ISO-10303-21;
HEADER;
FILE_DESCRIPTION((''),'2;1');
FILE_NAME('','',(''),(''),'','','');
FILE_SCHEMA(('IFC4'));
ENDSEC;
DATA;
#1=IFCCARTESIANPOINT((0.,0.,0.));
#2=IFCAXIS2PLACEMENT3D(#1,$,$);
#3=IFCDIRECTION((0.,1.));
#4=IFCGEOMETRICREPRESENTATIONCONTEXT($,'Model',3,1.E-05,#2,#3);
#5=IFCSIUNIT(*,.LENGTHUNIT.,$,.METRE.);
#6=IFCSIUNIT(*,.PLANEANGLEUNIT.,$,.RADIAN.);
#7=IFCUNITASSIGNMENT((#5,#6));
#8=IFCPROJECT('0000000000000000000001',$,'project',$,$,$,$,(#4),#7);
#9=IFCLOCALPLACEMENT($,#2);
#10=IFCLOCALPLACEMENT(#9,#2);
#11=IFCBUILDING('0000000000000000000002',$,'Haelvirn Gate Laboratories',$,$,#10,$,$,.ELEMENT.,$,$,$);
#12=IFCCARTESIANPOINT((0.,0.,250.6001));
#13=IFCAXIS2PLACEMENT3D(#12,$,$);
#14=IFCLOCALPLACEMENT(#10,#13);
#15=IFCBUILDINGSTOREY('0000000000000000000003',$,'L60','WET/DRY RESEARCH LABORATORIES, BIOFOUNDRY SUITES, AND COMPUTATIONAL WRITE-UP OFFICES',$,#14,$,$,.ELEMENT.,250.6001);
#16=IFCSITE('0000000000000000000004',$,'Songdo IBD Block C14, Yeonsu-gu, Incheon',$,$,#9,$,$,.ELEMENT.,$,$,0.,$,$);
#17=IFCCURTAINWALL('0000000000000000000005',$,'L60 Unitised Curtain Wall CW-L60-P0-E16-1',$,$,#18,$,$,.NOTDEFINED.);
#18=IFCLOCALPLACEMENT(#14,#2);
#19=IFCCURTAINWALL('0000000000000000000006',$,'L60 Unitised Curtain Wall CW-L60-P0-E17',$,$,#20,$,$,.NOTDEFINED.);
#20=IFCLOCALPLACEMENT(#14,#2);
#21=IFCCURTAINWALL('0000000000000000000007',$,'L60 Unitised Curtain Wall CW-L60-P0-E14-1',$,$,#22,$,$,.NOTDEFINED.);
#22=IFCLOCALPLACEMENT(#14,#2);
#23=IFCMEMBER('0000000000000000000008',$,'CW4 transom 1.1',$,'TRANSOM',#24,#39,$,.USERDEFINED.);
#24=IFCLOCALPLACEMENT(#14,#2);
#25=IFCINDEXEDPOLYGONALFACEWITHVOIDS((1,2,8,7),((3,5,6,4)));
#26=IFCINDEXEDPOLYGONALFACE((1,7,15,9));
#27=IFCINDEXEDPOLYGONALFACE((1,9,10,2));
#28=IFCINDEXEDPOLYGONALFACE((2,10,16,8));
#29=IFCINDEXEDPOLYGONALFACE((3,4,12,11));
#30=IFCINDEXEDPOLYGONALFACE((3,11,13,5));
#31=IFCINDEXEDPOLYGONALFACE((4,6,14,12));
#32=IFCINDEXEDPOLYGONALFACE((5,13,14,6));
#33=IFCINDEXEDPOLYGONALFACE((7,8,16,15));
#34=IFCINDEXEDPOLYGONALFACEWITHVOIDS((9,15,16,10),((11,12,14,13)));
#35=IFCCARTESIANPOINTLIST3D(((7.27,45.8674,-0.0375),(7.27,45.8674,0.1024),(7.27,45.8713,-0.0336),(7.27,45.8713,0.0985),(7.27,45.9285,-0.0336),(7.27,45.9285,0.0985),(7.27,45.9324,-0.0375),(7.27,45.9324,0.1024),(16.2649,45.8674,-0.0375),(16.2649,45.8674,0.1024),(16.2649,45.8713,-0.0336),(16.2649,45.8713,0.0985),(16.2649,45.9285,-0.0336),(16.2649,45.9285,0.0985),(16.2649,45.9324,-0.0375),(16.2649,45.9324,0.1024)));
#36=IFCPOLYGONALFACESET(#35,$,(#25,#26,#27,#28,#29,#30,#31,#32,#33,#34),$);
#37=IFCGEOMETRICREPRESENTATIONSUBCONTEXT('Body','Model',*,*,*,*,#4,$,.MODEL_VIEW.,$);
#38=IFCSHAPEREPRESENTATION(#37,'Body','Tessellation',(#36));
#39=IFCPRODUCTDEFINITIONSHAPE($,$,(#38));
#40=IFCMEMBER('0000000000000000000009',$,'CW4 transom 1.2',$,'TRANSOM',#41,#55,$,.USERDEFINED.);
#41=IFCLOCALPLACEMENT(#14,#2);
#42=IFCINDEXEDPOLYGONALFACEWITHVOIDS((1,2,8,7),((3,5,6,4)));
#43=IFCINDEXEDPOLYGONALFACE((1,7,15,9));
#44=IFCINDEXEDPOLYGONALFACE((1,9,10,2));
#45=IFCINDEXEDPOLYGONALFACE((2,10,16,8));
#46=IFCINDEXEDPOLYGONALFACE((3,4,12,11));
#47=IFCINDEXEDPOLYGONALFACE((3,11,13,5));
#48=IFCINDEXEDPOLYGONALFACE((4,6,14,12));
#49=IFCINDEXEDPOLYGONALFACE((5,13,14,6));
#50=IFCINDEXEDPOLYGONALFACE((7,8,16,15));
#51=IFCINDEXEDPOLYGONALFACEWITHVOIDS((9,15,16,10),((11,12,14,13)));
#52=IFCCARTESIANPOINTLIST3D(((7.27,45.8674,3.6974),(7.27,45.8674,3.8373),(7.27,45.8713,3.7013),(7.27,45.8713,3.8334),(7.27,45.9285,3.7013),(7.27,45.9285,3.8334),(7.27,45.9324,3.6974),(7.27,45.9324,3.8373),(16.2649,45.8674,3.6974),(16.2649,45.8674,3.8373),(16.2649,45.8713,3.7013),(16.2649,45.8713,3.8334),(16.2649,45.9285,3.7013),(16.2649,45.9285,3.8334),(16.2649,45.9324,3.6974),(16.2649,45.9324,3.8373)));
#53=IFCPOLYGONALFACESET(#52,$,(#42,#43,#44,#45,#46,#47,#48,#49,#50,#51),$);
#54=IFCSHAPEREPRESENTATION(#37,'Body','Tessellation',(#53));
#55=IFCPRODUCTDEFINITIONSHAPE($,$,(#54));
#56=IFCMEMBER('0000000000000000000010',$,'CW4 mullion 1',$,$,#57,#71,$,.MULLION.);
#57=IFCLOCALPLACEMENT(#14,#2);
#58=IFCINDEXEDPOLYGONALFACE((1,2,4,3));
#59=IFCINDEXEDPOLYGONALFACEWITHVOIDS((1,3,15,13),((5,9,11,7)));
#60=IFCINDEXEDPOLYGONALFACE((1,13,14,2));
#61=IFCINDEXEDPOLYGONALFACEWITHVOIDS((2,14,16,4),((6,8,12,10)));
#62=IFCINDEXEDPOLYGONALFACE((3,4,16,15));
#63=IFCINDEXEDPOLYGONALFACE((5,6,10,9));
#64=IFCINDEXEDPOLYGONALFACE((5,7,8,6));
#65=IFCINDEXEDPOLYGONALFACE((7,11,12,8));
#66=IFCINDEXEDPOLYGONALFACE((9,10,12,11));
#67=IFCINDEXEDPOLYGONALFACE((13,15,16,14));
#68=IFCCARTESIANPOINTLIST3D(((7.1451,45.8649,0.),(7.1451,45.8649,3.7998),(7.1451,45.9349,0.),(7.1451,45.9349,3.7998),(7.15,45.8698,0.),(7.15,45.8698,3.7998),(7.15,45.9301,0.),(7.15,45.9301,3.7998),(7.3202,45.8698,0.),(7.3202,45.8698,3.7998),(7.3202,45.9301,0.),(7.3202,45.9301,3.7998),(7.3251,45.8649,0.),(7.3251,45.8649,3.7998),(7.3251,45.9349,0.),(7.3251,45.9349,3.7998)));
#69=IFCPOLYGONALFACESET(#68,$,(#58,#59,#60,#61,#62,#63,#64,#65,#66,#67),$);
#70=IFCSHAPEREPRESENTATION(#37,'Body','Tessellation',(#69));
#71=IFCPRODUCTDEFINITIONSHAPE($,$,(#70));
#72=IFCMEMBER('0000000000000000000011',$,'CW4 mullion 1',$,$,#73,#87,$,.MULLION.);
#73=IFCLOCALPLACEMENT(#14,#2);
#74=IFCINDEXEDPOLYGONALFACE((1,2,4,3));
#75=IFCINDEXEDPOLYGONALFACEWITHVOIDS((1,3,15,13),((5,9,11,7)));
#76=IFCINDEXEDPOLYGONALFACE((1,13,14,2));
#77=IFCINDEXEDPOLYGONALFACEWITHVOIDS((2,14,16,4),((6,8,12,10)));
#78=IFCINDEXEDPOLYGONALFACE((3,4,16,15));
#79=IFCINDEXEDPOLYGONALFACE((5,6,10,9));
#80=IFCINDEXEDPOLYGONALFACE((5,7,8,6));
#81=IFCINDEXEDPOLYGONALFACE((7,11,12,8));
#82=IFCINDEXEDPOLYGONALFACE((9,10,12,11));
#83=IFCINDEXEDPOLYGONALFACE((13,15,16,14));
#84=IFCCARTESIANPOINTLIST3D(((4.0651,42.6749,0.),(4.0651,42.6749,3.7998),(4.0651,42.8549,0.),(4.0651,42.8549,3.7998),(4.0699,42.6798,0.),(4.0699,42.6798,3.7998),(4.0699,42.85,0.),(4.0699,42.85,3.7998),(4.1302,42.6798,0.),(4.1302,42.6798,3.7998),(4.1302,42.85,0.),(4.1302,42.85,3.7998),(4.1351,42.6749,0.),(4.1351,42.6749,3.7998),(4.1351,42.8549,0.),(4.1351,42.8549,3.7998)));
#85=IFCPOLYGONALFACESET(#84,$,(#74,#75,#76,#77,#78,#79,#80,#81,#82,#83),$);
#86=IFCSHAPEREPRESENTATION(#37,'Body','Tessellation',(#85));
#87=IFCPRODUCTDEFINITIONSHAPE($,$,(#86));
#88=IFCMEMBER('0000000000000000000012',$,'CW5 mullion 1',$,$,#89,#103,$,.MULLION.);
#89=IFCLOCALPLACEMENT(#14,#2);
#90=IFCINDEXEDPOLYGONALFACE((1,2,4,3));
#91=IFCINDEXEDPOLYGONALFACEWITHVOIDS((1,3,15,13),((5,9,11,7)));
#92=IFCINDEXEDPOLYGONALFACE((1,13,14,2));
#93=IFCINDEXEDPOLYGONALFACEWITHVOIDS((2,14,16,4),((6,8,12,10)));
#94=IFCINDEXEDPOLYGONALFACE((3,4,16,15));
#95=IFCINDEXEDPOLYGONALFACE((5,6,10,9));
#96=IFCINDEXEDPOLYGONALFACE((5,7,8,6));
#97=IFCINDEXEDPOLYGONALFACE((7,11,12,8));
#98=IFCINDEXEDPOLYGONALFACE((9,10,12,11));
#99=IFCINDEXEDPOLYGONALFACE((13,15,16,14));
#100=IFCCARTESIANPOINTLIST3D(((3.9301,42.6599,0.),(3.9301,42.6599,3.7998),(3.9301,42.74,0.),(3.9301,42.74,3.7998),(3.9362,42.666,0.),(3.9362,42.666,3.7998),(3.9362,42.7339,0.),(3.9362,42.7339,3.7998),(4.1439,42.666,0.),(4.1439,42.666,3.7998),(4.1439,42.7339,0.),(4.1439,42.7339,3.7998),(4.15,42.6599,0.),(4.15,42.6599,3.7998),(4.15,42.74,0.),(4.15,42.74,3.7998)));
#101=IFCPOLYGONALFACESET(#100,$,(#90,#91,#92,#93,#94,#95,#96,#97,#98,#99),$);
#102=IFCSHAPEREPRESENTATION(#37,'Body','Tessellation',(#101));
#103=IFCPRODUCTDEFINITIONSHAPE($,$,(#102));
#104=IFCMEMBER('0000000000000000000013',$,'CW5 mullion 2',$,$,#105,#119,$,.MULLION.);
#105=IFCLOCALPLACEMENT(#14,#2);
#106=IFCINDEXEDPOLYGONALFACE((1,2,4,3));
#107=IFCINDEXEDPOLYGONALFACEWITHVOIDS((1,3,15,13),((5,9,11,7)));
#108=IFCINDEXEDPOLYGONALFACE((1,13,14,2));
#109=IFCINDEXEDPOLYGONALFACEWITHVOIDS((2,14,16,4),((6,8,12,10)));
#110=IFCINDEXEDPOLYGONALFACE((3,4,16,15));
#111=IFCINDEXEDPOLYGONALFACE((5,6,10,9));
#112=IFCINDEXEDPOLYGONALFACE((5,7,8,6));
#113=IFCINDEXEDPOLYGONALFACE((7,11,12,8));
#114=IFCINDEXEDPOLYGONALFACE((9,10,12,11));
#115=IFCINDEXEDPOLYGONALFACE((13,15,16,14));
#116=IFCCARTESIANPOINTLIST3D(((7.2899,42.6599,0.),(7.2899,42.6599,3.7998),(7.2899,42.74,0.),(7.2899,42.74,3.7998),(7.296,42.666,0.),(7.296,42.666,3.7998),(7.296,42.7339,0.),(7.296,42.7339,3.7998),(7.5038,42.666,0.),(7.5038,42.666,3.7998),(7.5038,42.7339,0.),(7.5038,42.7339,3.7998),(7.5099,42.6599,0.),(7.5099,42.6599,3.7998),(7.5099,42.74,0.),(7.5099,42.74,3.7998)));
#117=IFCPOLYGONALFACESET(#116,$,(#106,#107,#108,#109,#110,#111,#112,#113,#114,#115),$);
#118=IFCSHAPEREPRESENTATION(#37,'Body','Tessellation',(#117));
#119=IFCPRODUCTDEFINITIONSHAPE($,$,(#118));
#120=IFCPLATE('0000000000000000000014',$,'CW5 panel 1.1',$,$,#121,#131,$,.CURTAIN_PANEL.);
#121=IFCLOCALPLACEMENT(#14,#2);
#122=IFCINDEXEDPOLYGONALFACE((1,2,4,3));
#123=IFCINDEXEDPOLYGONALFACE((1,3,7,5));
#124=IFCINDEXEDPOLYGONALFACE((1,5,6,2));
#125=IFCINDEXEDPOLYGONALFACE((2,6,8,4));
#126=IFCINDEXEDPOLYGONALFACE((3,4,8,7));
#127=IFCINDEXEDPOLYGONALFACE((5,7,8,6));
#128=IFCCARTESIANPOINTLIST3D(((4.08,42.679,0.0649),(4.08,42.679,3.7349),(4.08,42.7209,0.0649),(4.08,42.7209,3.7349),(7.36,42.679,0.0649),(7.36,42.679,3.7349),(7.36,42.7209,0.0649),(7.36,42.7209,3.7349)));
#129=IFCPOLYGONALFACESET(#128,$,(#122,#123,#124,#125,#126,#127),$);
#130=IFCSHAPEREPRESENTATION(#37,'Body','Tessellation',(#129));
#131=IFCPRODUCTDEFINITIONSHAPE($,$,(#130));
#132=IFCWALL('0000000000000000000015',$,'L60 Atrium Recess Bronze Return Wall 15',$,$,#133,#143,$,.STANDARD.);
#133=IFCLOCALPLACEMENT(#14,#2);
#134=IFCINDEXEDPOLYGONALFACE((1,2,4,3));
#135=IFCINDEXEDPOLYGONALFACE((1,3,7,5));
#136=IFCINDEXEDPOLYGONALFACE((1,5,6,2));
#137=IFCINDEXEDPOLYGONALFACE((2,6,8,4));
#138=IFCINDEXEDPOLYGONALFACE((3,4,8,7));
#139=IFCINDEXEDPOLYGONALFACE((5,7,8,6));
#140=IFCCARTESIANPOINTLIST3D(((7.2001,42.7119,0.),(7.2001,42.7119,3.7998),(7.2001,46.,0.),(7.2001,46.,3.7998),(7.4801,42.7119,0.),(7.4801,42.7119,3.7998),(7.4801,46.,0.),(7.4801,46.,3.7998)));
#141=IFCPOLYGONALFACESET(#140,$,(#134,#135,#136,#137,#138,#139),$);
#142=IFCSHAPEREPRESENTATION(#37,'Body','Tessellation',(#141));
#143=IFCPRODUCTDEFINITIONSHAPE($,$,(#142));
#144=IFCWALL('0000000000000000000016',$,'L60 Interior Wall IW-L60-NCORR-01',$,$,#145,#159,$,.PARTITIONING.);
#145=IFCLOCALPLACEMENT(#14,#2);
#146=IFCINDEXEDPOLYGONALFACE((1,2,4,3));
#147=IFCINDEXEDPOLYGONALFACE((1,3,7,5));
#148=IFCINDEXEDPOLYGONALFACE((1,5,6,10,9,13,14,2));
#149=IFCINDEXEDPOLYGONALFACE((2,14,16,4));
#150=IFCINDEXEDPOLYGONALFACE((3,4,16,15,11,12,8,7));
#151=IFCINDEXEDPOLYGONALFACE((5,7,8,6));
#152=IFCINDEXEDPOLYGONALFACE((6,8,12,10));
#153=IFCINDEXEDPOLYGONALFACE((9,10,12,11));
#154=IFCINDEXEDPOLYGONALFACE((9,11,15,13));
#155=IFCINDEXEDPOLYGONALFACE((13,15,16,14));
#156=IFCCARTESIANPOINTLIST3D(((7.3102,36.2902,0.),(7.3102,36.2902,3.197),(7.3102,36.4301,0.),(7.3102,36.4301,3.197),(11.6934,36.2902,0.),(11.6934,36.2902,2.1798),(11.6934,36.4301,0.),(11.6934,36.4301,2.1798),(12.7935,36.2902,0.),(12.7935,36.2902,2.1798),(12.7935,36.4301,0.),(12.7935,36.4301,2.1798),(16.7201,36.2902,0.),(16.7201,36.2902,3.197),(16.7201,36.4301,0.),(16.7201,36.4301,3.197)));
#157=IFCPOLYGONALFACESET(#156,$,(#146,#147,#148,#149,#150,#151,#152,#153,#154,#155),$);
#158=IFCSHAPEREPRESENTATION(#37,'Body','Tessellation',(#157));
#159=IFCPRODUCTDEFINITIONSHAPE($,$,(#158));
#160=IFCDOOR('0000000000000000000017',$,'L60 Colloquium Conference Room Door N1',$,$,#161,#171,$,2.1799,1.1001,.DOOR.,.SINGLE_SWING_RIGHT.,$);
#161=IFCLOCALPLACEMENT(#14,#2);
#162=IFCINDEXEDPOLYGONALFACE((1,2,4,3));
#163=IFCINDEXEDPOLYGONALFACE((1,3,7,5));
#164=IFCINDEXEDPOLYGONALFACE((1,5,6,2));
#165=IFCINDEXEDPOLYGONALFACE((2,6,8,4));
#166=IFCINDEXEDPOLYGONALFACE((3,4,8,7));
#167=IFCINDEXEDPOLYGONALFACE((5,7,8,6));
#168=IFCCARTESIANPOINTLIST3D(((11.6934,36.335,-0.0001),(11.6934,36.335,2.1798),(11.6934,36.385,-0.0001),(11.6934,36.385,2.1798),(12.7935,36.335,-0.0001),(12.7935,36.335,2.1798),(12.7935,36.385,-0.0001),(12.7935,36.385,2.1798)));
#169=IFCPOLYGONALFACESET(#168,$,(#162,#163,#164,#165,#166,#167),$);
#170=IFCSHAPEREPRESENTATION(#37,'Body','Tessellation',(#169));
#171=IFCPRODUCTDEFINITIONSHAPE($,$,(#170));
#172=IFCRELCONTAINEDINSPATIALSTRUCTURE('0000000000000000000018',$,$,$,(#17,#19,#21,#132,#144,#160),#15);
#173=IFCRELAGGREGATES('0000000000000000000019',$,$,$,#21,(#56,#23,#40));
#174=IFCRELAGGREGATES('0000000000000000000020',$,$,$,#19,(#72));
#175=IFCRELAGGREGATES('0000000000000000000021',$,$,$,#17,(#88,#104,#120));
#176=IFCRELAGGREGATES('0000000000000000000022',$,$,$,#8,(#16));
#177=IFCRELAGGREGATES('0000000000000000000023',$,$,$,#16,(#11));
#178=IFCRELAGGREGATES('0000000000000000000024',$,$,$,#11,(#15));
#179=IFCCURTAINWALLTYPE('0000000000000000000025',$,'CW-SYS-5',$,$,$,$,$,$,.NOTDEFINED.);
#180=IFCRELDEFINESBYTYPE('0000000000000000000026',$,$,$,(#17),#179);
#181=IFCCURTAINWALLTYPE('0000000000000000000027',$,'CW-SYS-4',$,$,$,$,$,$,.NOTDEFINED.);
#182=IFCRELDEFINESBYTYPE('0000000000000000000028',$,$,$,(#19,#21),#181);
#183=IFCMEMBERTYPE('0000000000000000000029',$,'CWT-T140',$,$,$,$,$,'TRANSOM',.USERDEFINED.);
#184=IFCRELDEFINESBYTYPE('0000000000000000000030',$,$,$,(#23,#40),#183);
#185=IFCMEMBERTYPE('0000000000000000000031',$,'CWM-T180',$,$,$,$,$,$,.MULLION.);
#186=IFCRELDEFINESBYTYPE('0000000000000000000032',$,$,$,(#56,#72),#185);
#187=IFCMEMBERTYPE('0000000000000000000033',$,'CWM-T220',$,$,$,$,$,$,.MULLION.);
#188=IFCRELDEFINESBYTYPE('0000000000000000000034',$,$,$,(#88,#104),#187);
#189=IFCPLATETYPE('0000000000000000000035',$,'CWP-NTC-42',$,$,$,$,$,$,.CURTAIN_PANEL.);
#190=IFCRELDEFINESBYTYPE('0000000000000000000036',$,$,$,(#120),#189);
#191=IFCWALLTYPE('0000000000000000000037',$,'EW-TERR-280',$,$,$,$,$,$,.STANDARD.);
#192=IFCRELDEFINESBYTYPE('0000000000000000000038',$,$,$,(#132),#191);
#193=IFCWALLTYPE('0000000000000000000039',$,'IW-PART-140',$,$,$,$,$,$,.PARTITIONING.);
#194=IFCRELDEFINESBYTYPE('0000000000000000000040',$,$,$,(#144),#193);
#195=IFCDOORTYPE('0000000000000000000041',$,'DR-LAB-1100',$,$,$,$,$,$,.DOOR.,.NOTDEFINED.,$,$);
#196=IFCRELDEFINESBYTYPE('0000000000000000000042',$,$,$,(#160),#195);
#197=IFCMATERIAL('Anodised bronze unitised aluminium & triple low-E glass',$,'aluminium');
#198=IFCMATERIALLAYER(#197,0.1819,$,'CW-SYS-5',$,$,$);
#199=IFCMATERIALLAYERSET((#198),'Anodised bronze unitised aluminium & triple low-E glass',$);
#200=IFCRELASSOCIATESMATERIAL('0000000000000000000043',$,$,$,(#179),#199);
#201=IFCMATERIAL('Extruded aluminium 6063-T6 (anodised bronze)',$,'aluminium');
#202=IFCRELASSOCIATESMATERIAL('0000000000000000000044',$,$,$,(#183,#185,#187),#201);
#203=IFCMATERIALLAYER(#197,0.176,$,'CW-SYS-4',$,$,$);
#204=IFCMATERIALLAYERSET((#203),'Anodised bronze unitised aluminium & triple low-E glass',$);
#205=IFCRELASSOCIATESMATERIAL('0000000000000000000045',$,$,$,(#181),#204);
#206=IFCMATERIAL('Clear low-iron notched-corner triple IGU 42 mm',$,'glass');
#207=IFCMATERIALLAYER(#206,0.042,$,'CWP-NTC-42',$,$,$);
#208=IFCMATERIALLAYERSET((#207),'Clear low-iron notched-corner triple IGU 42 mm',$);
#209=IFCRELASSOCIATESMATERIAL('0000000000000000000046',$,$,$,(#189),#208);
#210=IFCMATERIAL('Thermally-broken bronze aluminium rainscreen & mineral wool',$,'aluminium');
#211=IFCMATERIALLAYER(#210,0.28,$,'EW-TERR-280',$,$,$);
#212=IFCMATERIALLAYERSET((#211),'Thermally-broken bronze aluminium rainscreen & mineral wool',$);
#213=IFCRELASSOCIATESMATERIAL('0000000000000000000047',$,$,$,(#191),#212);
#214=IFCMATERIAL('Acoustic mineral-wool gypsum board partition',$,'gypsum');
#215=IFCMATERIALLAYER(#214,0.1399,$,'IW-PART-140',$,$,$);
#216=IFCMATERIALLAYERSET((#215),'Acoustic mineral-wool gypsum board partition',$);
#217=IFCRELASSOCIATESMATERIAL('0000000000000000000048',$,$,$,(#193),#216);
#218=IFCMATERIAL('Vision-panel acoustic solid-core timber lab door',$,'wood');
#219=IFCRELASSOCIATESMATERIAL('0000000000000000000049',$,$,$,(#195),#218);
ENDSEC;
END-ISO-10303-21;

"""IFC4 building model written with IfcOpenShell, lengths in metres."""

from ifc_helpers import new_model, si_unit, direction, frame, frame_2d, origin, origin_2d, place, context, subcontext, project, spatial, rectangle, hollow_rectangle, extrude, source, transform, mapped, material, layer, layer_set, material_profile, profile_set, type_object, type_shapes, element, fill, aggregate, save


model = new_model("IFC4")

# Units and contexts
model_context = context("Model", 3, precision=1e-05, world=origin(), true_north=direction((0.0, 1.0)))
body_context = subcontext(model_context, "Body", "Model", "MODEL_VIEW")
ifc_project = project(units=[si_unit("LENGTHUNIT", "METRE"), si_unit("PLANEANGLEUNIT", "RADIAN")], contexts=[model_context])

# Site, building, storey
site_placement = place(None, origin())
site = spatial("IfcSite", under=ifc_project, at=site_placement, Name="Songdo IBD Block C14, Yeonsu-gu, Incheon", CompositionType="ELEMENT", RefElevation=0.0)
building_placement = place(site_placement, origin())
building = spatial("IfcBuilding", under=site, at=building_placement, Name="Haelvirn Gate Laboratories", CompositionType="ELEMENT")
storey_placement = place(building_placement, frame((0.0, 0.0, 250.6001)))
storey = spatial("IfcBuildingStorey", under=building, at=storey_placement, Name="L60", Description="WET/DRY RESEARCH LABORATORIES, BIOFOUNDRY SUITES, AND COMPUTATIONAL WRITE-UP OFFICES", CompositionType="ELEMENT", Elevation=250.6001)

# Curtain walls, members
ifc_material_1 = material(Name="Anodised bronze unitised aluminium & triple low-E glass", Category="aluminium")
ifc_layer_1 = layer(ifc_material_1, 0.1819, Name="CW-SYS-5")
ifc_layer_set_1 = layer_set([ifc_layer_1], Name="Anodised bronze unitised aluminium & triple low-E glass")
curtain_wall_type_1 = type_object("IfcCurtainWallType", Name="CW-SYS-5", PredefinedType="NOTDEFINED", material=ifc_layer_set_1)
curtain_wall_1_placement = place(storey_placement, origin())
curtain_wall_1 = element("IfcCurtainWall", 1, at=curtain_wall_1_placement, inside=storey, type_object=curtain_wall_type_1, Name="L60 Unitised Curtain Wall CW-L60-P0-E16-1", PredefinedType="NOTDEFINED")
ifc_material_2 = material(Name="Extruded aluminium 6063-T6 (anodised bronze)", Category="aluminium")
ifc_material_profile_1 = material_profile(ifc_material_2, hollow_rectangle(XDim=0.0649, YDim=0.1399, WallThickness=0.0039, at=origin_2d()), Name="CWT-140x65x4")
ifc_profile_set_1 = profile_set([ifc_material_profile_1], Name="Extruded aluminium 6063-T6 (anodised bronze)")
member_type_1 = type_object("IfcMemberType", Name="CWT-T140", ElementType="TRANSOM", PredefinedType="USERDEFINED", material=ifc_profile_set_1)
ifc_layer_2 = layer(ifc_material_1, 0.176, Name="CW-SYS-4")
ifc_layer_set_2 = layer_set([ifc_layer_2], Name="Anodised bronze unitised aluminium & triple low-E glass")
curtain_wall_type_2 = type_object("IfcCurtainWallType", Name="CW-SYS-4", PredefinedType="NOTDEFINED", material=ifc_layer_set_2)
curtain_wall_2_placement = place(storey_placement, origin())
curtain_wall_2 = element("IfcCurtainWall", 2, at=curtain_wall_2_placement, inside=storey, type_object=curtain_wall_type_2, Name="L60 Unitised Curtain Wall CW-L60-P0-E17", PredefinedType="NOTDEFINED")
curtain_wall_3_placement = place(storey_placement, origin())
curtain_wall_3 = element("IfcCurtainWall", 3, at=curtain_wall_3_placement, inside=storey, type_object=curtain_wall_type_2, Name="L60 Unitised Curtain Wall CW-L60-P0-E14-1", PredefinedType="NOTDEFINED")
shared_shape_1 = source(origin(), body_context, "Body", "SweptSolid", [
    extrude(hollow_rectangle(XDim=0.0649, YDim=0.1399, WallThickness=0.0039, at=origin_2d()), origin(), (0.0, 0.0, 1.0), 8.9949),
])
member_1_placement = place(storey_placement, frame((7.27, 45.8999, 0.0325), z_axis=(1.0, 0.0, 0.0), x_axis=(0.0, 1.0, 0.0)))
member_1 = element("IfcMember", 4, at=member_1_placement, type_object=member_type_1, Name="CW4 transom 1.1", ObjectType="TRANSOM", PredefinedType="USERDEFINED", context=body_context, shape_type="MappedRepresentation", body=[
    mapped(shared_shape_1, transform((0.0, 0.0, 0.0), scale=1.0)),
])
member_2_placement = place(storey_placement, frame((7.27, 45.8999, 3.7673), z_axis=(1.0, 0.0, 0.0), x_axis=(0.0, 1.0, 0.0)))
member_2 = element("IfcMember", 5, at=member_2_placement, type_object=member_type_1, Name="CW4 transom 1.2", ObjectType="TRANSOM", PredefinedType="USERDEFINED", context=body_context, shape_type="MappedRepresentation", body=[
    mapped(shared_shape_1, transform((0.0, 0.0, 0.0), scale=1.0)),
])
ifc_material_profile_2 = material_profile(ifc_material_2, hollow_rectangle(XDim=0.0701, YDim=0.1799, WallThickness=0.0049, at=origin_2d()), Name="CWM-180x70x5")
ifc_profile_set_2 = profile_set([ifc_material_profile_2], Name="Extruded aluminium 6063-T6 (anodised bronze)")
member_type_2 = type_object("IfcMemberType", Name="CWM-T180", PredefinedType="MULLION", material=ifc_profile_set_2)
shared_shape_2 = source(origin(), body_context, "Body", "SweptSolid", [
    extrude(hollow_rectangle(XDim=0.0701, YDim=0.1799, WallThickness=0.0049, at=origin_2d()), origin(), (0.0, 0.0, 1.0), 3.7998),
])
type_shapes(member_type_2, [shared_shape_2])
member_3_placement = place(storey_placement, frame((7.2351, 45.8999, 0.0), z_axis=(0.0, 0.0, 1.0), x_axis=(0.0, 1.0, 0.0)))
member_3 = element("IfcMember", 6, at=member_3_placement, type_object=member_type_2, Name="CW4 mullion 1", PredefinedType="MULLION", context=body_context, shape_type="MappedRepresentation", body=[
    mapped(shared_shape_2, transform((0.0, 0.0, 0.0), scale=1.0)),
])
aggregate(curtain_wall_3, [member_3, member_1, member_2])

# Members
member_4_placement = place(storey_placement, frame((4.1001, 42.7649, 0.0), z_axis=(0.0, 0.0, 1.0), x_axis=(1.0, 0.0, 0.0)))
member_4 = element("IfcMember", 7, at=member_4_placement, type_object=member_type_2, Name="CW4 mullion 1", PredefinedType="MULLION", context=body_context, shape_type="MappedRepresentation", body=[
    mapped(shared_shape_2, transform((0.0, 0.0, 0.0), scale=1.0)),
])
aggregate(curtain_wall_2, [member_4])
ifc_material_profile_3 = material_profile(ifc_material_2, hollow_rectangle(XDim=0.0801, YDim=0.22, WallThickness=0.0061, at=origin_2d()), Name="CWM-220x80x6")
ifc_profile_set_3 = profile_set([ifc_material_profile_3], Name="Extruded aluminium 6063-T6 (anodised bronze)")
member_type_3 = type_object("IfcMemberType", Name="CWM-T220", PredefinedType="MULLION", material=ifc_profile_set_3)
shared_shape_3 = source(origin(), body_context, "Body", "SweptSolid", [
    extrude(hollow_rectangle(XDim=0.0801, YDim=0.22, WallThickness=0.0061, at=origin_2d()), origin(), (0.0, 0.0, 1.0), 3.7998),
])
type_shapes(member_type_3, [shared_shape_3])
member_5_placement = place(storey_placement, frame((4.04, 42.7, 0.0), z_axis=(0.0, 0.0, 1.0), x_axis=(0.0, 1.0, 0.0)))
member_5 = element("IfcMember", 8, at=member_5_placement, type_object=member_type_3, Name="CW5 mullion 1", PredefinedType="MULLION", context=body_context, shape_type="MappedRepresentation", body=[
    mapped(shared_shape_3, transform((0.0, 0.0, 0.0), scale=1.0)),
])
member_6_placement = place(storey_placement, frame((7.3999, 42.7, 0.0), z_axis=(0.0, 0.0, 1.0), x_axis=(0.0, 1.0, 0.0)))
member_6 = element("IfcMember", 9, at=member_6_placement, type_object=member_type_3, Name="CW5 mullion 2", PredefinedType="MULLION", context=body_context, shape_type="MappedRepresentation", body=[
    mapped(shared_shape_3, transform((0.0, 0.0, 0.0), scale=1.0)),
])

# Plate
ifc_material_3 = material(Name="Clear low-iron notched-corner triple IGU 42 mm", Category="glass")
ifc_layer_3 = layer(ifc_material_3, 0.042, Name="CWP-NTC-42")
ifc_layer_set_3 = layer_set([ifc_layer_3], Name="Clear low-iron notched-corner triple IGU 42 mm")
plate_type = type_object("IfcPlateType", Name="CWP-NTC-42", PredefinedType="CURTAIN_PANEL", material=ifc_layer_set_3)
shared_shape_4 = source(origin(), body_context, "Body", "SweptSolid", [
    extrude(rectangle(XDim=3.28, YDim=0.042, at=origin_2d()), origin(), (0.0, 0.0, 1.0), 3.6699),
])
type_shapes(plate_type, [shared_shape_4])
plate_placement = place(storey_placement, frame((5.72, 42.7, 0.0649), z_axis=(0.0, 0.0, 1.0), x_axis=(1.0, 0.0, 0.0)))
plate = element("IfcPlate", 10, at=plate_placement, type_object=plate_type, Name="CW5 panel 1.1", PredefinedType="CURTAIN_PANEL", context=body_context, shape_type="MappedRepresentation", body=[
    mapped(shared_shape_4, transform((0.0, 0.0, 0.0), scale=1.0)),
])
aggregate(curtain_wall_1, [member_5, member_6, plate])

# Wall
ifc_material_4 = material(Name="Thermally-broken bronze aluminium rainscreen & mineral wool", Category="aluminium")
ifc_layer_4 = layer(ifc_material_4, 0.28, Name="EW-TERR-280")
ifc_layer_set_4 = layer_set([ifc_layer_4], Name="Thermally-broken bronze aluminium rainscreen & mineral wool")
wall_type_1 = type_object("IfcWallType", Name="EW-TERR-280", PredefinedType="STANDARD", material=ifc_layer_set_4)
wall_1_placement = place(storey_placement, frame((7.3401, 46.0, 0.0), z_axis=(0.0, 0.0, 1.0), x_axis=(0.0, -1.0, 0.0)))
element("IfcWall", 11, at=wall_1_placement, inside=storey, type_object=wall_type_1, Name="L60 Atrium Recess Bronze Return Wall 15", PredefinedType="STANDARD", context=body_context, shape_type="SweptSolid", body=[
    extrude(rectangle(XDim=3.2881, YDim=0.28, at=frame_2d((1.644, 0.0))), origin(), (0.0, 0.0, 1.0), 3.7998),
])

# Wall, opening, door
ifc_material_5 = material(Name="Acoustic mineral-wool gypsum board partition", Category="gypsum")
ifc_layer_5 = layer(ifc_material_5, 0.1399, Name="IW-PART-140")
ifc_layer_set_5 = layer_set([ifc_layer_5], Name="Acoustic mineral-wool gypsum board partition")
wall_type_2 = type_object("IfcWallType", Name="IW-PART-140", PredefinedType="PARTITIONING", material=ifc_layer_set_5)
wall_2_placement = place(storey_placement, frame((7.3101, 36.3601, 0.0), z_axis=(0.0, 0.0, 1.0), x_axis=(1.0, 0.0, 0.0)))
wall_2 = element("IfcWall", 12, at=wall_2_placement, inside=storey, type_object=wall_type_2, Name="L60 Interior Wall IW-L60-NCORR-01", PredefinedType="PARTITIONING", context=body_context, shape_type="SweptSolid", body=[
    extrude(rectangle(XDim=9.4099, YDim=0.1399, at=frame_2d((4.7051, 0.0))), origin(), (0.0, 0.0, 1.0), 3.197),
])
opening_1_placement = place(wall_2_placement, frame((4.3833, 0.0, 0.0)))
opening_1 = element("IfcOpeningElement", 13, at=opening_1_placement, cuts=wall_2, PredefinedType="OPENING", context=body_context, shape_type="SweptSolid", body=[
    extrude(rectangle(XDim=1.1001, YDim=2.1799, at=frame_2d((0.55, 1.0898))), frame((0.0, 0.0801, 0.0), z_axis=(0.0, -1.0, 0.0), x_axis=(1.0, 0.0, 0.0)), (0.0, 0.0, 1.0), 0.1599),
])
ifc_material_6 = material(Name="Vision-panel acoustic solid-core timber lab door", Category="wood")
door_type_1 = type_object("IfcDoorType", Name="DR-LAB-1100", OperationType="NOTDEFINED", PredefinedType="DOOR", material=ifc_material_6)
shared_shape_5 = source(origin(), body_context, "Body", "SweptSolid", [
    extrude(rectangle(XDim=1.1001, YDim=2.1799, at=frame_2d((0.55, 1.0898))), frame((0.0, 0.0249, 0.0), z_axis=(0.0, -1.0, 0.0), x_axis=(1.0, 0.0, 0.0)), (0.0, 0.0, 1.0), 0.05),
])
type_shapes(door_type_1, [shared_shape_5])
door_1_placement = place(opening_1_placement, origin())
door_1 = element("IfcDoor", 14, at=door_1_placement, inside=storey, type_object=door_type_1, Name="L60 Colloquium Conference Room Door N1", OperationType="SINGLE_SWING_RIGHT", OverallHeight=2.1799, OverallWidth=1.1001, PredefinedType="DOOR", context=body_context, shape_type="MappedRepresentation", body=[
    mapped(shared_shape_5, transform((0.0, 0.0, 0.0), scale=1.0)),
])
fill(opening_1, door_1)

save(model, "model.ifc")
